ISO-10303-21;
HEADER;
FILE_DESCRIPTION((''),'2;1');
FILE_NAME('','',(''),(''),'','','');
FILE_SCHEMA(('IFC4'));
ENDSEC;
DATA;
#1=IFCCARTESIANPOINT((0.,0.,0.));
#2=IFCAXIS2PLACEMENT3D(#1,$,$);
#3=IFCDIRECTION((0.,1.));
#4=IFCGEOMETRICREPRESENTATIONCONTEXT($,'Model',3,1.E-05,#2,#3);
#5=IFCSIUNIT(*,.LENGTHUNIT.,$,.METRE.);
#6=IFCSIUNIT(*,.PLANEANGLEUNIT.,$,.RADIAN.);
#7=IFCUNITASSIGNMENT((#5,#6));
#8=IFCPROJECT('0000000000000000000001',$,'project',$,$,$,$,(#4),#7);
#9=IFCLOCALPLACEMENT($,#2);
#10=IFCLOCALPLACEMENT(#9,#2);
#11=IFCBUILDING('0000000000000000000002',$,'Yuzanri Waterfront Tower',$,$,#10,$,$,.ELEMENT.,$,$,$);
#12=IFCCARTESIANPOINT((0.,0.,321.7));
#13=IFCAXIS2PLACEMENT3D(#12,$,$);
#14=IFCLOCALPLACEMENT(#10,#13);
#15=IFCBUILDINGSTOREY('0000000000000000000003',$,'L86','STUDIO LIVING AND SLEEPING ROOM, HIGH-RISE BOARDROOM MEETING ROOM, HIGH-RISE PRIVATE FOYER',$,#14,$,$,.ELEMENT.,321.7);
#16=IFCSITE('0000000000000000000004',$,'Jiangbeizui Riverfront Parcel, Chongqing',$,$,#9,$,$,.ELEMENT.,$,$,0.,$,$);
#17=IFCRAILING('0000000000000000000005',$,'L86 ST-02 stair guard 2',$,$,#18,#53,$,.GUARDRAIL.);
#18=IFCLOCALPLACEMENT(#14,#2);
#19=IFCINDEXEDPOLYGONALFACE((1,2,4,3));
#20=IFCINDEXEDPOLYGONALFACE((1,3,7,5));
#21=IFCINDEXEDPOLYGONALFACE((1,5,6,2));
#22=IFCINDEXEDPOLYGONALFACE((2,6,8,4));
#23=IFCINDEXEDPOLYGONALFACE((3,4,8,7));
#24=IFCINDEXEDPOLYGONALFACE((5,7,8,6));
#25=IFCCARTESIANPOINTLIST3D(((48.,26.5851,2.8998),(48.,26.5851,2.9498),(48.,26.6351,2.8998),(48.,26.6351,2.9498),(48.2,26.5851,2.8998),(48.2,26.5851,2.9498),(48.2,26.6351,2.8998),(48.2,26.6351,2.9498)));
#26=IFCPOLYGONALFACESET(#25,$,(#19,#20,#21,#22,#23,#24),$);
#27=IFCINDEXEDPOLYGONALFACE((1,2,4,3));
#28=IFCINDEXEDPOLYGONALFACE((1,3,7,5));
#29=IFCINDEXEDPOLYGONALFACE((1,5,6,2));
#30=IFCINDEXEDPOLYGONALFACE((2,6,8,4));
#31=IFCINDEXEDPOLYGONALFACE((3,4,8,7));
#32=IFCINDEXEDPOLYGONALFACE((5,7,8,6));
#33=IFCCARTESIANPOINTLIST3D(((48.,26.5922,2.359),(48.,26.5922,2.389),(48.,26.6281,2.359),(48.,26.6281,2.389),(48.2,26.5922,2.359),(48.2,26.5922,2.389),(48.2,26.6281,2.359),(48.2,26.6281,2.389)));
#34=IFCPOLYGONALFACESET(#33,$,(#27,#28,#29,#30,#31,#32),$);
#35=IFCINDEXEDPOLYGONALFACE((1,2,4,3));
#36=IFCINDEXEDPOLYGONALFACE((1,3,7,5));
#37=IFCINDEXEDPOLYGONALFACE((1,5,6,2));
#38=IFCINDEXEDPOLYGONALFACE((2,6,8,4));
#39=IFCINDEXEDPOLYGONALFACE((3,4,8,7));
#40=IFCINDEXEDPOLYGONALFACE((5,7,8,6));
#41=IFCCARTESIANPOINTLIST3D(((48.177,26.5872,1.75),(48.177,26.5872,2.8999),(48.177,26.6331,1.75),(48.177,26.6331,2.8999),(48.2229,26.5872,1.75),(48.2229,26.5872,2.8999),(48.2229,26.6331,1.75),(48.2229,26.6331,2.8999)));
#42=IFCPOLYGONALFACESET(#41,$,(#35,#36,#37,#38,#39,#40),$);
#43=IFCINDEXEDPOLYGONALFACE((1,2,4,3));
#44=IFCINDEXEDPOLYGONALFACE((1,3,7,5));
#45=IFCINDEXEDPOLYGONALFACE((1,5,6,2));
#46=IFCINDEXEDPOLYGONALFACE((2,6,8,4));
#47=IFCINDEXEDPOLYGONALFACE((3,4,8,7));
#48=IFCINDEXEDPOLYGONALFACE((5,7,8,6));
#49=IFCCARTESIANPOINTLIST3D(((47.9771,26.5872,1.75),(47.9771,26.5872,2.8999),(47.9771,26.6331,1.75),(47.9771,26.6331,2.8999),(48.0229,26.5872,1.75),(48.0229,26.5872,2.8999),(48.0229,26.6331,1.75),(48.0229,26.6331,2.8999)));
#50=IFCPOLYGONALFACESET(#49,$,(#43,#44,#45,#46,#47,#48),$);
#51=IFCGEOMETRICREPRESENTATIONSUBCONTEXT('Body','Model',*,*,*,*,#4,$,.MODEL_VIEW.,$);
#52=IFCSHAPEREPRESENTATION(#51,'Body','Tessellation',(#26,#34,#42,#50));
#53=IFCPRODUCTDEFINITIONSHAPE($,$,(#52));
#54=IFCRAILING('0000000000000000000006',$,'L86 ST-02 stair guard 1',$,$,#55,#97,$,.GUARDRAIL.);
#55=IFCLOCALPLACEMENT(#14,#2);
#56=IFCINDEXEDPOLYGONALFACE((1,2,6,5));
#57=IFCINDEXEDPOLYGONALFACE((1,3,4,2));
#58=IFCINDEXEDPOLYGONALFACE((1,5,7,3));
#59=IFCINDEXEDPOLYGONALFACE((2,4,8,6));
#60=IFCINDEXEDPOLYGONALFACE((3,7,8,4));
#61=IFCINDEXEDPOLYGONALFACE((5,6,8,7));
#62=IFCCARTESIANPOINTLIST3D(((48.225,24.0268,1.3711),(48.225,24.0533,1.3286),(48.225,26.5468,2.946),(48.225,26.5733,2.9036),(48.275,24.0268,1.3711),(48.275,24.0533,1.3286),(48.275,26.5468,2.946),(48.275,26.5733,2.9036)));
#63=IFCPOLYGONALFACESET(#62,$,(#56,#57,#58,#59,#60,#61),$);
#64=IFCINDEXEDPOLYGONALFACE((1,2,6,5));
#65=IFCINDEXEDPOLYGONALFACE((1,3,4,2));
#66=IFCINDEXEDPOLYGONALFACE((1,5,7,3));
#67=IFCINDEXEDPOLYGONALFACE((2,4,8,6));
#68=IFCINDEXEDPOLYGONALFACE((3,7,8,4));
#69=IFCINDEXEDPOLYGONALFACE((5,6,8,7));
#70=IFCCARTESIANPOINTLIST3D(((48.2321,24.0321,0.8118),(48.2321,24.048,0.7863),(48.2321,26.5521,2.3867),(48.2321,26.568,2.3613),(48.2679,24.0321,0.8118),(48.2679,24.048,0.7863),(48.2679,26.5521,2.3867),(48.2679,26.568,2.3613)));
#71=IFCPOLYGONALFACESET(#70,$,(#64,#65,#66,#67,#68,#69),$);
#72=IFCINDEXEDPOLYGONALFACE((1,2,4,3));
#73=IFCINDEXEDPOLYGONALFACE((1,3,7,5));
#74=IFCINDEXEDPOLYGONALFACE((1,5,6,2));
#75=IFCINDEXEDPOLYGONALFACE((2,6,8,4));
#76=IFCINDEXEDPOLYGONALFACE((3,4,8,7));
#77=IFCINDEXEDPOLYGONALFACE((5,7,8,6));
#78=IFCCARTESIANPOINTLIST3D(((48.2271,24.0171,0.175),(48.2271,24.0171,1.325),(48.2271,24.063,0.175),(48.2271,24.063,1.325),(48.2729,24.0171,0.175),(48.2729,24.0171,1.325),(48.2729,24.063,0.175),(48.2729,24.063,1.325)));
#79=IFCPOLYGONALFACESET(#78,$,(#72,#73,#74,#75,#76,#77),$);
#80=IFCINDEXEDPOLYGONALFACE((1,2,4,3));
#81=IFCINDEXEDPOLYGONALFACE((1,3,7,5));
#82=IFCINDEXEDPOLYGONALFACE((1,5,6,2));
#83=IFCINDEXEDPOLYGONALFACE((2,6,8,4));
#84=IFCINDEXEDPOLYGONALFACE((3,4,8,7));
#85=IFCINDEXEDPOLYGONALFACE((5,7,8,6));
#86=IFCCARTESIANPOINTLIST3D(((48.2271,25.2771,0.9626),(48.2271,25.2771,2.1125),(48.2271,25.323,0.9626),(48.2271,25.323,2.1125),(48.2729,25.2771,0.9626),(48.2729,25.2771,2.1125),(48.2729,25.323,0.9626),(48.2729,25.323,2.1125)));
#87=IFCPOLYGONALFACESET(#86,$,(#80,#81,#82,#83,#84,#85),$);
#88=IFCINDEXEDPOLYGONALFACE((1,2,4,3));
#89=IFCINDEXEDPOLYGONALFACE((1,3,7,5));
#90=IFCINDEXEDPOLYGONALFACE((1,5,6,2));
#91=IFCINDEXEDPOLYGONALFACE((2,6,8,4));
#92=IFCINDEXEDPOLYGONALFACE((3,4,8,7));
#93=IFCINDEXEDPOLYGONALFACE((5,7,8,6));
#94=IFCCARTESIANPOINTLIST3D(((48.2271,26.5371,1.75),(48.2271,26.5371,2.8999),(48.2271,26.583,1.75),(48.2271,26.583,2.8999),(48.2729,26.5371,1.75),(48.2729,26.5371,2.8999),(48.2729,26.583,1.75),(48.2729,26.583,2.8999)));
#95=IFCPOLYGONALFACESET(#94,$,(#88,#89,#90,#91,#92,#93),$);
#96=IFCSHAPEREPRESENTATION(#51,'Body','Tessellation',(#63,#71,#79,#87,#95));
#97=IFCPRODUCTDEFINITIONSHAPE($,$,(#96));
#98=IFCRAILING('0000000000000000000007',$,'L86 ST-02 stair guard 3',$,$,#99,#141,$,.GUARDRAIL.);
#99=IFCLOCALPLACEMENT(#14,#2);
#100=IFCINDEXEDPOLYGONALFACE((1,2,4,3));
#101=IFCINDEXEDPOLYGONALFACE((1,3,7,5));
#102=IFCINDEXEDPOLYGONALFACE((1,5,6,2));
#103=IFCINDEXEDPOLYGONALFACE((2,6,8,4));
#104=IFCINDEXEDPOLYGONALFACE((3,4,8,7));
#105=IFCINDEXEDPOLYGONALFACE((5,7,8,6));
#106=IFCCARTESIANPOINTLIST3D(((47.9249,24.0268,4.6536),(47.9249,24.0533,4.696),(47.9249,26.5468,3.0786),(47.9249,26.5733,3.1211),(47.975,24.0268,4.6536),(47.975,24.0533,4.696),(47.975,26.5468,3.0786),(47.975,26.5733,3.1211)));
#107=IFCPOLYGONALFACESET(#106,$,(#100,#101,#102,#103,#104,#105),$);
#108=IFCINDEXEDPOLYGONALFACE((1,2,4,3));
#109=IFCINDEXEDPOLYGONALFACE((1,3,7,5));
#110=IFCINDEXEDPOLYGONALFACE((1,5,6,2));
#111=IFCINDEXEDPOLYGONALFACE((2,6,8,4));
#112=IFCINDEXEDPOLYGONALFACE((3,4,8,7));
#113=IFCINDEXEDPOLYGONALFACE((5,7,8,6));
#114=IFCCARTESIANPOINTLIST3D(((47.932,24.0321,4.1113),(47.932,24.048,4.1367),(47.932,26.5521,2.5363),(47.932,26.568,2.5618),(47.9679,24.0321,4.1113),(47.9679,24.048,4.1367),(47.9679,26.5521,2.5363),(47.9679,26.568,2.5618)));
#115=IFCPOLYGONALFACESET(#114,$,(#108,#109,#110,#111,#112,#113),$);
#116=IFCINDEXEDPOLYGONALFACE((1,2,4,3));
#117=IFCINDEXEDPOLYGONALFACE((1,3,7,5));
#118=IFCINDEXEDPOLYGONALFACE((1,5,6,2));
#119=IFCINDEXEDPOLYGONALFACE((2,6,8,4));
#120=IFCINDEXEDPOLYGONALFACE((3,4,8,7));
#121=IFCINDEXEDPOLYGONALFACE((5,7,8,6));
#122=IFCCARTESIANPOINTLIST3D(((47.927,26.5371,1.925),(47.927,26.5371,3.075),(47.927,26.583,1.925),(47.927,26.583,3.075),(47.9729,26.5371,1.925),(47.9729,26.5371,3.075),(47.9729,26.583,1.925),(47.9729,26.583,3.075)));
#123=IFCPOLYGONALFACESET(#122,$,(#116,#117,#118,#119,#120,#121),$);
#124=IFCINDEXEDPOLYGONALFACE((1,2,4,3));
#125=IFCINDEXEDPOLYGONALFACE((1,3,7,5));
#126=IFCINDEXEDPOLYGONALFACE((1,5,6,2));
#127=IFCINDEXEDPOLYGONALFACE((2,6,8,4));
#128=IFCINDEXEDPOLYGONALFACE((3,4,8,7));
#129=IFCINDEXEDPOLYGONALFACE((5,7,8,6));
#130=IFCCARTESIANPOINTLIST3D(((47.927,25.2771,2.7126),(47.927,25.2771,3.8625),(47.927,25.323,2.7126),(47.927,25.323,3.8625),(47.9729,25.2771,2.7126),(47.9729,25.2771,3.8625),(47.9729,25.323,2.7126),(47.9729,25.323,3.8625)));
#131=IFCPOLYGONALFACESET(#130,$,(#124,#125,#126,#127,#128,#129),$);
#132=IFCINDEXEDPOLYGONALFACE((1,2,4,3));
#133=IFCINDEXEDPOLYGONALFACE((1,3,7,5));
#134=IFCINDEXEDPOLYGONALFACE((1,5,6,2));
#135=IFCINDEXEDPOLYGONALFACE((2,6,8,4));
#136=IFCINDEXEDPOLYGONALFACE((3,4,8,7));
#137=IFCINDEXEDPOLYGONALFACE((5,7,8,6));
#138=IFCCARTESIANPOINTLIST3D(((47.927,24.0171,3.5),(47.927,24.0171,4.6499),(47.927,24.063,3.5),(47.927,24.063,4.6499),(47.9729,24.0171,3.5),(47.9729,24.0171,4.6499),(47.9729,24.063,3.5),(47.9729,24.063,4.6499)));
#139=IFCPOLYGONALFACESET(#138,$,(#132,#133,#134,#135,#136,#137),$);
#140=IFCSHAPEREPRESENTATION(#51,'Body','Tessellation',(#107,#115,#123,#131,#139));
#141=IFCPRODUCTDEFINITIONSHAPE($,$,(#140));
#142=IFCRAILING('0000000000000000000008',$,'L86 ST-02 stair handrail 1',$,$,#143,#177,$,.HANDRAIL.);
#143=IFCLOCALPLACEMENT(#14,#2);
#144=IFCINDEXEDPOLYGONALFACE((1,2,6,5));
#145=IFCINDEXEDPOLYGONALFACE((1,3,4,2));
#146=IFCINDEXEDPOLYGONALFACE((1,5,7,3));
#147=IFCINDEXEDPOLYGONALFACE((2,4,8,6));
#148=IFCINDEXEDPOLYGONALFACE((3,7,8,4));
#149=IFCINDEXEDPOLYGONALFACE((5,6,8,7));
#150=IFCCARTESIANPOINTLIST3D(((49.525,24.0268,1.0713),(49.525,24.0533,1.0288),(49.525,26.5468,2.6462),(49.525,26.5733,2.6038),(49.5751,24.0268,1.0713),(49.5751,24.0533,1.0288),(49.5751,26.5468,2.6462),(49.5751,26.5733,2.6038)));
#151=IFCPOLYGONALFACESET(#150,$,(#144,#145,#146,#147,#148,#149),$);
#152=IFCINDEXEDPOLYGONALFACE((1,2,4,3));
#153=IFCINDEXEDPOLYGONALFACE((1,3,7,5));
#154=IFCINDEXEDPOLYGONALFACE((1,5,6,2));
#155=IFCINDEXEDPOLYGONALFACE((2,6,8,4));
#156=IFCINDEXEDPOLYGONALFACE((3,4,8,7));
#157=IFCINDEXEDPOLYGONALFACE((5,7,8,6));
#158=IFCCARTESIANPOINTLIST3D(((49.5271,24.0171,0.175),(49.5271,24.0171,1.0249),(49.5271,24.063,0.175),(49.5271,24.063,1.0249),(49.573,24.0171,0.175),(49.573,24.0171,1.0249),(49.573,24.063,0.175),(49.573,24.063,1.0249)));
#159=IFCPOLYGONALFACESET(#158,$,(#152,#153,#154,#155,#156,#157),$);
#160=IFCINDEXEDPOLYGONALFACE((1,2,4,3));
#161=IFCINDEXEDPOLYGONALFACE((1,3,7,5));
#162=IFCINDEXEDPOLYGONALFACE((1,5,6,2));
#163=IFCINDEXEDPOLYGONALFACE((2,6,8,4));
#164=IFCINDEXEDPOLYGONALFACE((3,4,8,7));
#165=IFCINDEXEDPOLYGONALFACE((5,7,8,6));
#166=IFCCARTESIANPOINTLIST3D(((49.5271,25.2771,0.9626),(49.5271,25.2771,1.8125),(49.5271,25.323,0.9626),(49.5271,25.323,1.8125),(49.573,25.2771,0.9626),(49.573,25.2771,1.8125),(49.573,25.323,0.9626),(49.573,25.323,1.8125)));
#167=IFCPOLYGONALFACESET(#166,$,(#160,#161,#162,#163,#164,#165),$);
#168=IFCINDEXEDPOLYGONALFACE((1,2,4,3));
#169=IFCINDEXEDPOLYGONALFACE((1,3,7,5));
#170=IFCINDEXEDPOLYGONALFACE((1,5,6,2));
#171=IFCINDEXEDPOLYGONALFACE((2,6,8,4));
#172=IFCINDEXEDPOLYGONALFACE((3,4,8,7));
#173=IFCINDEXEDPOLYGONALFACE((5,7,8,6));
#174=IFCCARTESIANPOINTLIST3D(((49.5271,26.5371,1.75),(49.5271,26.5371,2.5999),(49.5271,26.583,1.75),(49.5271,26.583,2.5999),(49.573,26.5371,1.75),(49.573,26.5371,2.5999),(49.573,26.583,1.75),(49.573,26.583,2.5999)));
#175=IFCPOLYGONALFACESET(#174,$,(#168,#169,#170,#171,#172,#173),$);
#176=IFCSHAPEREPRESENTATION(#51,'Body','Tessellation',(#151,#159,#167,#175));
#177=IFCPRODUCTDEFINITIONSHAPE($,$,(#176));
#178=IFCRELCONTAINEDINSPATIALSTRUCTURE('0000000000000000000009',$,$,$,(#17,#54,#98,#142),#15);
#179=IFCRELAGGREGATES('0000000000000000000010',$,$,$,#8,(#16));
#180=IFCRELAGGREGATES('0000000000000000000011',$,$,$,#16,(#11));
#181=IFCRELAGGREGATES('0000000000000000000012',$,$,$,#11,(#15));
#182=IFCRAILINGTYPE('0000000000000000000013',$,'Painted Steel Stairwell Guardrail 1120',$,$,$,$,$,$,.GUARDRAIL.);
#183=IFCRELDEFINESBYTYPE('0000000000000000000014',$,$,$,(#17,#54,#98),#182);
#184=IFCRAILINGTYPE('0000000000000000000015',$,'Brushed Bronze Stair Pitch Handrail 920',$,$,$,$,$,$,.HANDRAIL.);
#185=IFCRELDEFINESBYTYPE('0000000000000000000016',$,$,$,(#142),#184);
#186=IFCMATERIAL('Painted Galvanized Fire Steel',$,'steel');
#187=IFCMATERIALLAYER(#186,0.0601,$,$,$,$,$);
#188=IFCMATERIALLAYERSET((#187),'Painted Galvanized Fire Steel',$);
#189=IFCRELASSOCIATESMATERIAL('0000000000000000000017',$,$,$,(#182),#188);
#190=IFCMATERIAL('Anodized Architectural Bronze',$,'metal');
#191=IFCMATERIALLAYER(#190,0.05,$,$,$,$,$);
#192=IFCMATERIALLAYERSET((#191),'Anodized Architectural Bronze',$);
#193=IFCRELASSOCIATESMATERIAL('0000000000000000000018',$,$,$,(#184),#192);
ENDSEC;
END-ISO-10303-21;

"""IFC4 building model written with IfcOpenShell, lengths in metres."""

from ifc_helpers import new_model, si_unit, direction, frame, origin, origin_2d, place, context, subcontext, project, spatial, rectangle, extrude, source, transform, mapped, material, layer, layer_set, type_object, element, save


model = new_model("IFC4")

# Units and contexts
model_context = context("Model", 3, precision=1e-05, world=origin(), true_north=direction((0.0, 1.0)))
body_context = subcontext(model_context, "Body", "Model", "MODEL_VIEW")
ifc_project = project(units=[si_unit("LENGTHUNIT", "METRE"), si_unit("PLANEANGLEUNIT", "RADIAN")], contexts=[model_context])

# Site, building, storey
site_placement = place(None, origin())
site = spatial("IfcSite", under=ifc_project, at=site_placement, Name="Jiangbeizui Riverfront Parcel, Chongqing", CompositionType="ELEMENT", RefElevation=0.0)
building_placement = place(site_placement, origin())
building = spatial("IfcBuilding", under=site, at=building_placement, Name="Yuzanri Waterfront Tower", CompositionType="ELEMENT")
storey_placement = place(building_placement, frame((0.0, 0.0, 321.7)))
storey = spatial("IfcBuildingStorey", under=building, at=storey_placement, Name="L86", Description="STUDIO LIVING AND SLEEPING ROOM, HIGH-RISE BOARDROOM MEETING ROOM, HIGH-RISE PRIVATE FOYER", CompositionType="ELEMENT", Elevation=321.7)

# Railings
ifc_material_1 = material(Name="Painted Galvanized Fire Steel", Category="steel")
ifc_layer_1 = layer(ifc_material_1, 0.0601)
ifc_layer_set_1 = layer_set([ifc_layer_1], Name="Painted Galvanized Fire Steel")
railing_type_1 = type_object("IfcRailingType", Name="Painted Steel Stairwell Guardrail 1120", PredefinedType="GUARDRAIL", material=ifc_layer_set_1)
shared_shape_1 = source(origin(), body_context, "Body", "SweptSolid", [
    extrude(rectangle(XDim=0.05, YDim=0.05, at=origin_2d()), frame((0.0, 0.0, 1.1748), z_axis=(-1.0, 0.0, 0.0), x_axis=(0.0, -1.0, 0.0)), (0.0, 0.0, 1.0), 0.2),
    extrude(rectangle(XDim=0.0359, YDim=0.03, at=origin_2d()), frame((0.0, 0.0, 0.624), z_axis=(-1.0, 0.0, 0.0), x_axis=(0.0, -1.0, 0.0)), (0.0, 0.0, 1.0), 0.2),
    extrude(rectangle(XDim=0.0459, YDim=0.0459, at=origin_2d()), origin(), (0.0, 0.0, 1.0), 1.1499),
    extrude(rectangle(XDim=0.0459, YDim=0.0459, at=origin_2d()), frame((-0.2, 0.0, 0.0)), (0.0, 0.0, 1.0), 1.1499),
])
railing_1_placement = place(storey_placement, frame((48.2, 26.6101, 1.75)))
element("IfcRailing", 1, at=railing_1_placement, inside=storey, type_object=railing_type_1, Name="L86 ST-02 stair guard 2", PredefinedType="GUARDRAIL", context=body_context, shape_type="MappedRepresentation", body=[
    mapped(shared_shape_1, transform((0.0, 0.0, 0.0), scale=1.0)),
])
shared_shape_2 = source(origin(), body_context, "Body", "SweptSolid", [
    extrude(rectangle(XDim=0.05, YDim=0.05, at=origin_2d()), frame((0.0, 0.0, 1.1748), z_axis=(0.0, 0.848008, 0.529984), x_axis=(-1.0, 0.0, 0.0)), (0.0, 0.0, 1.0), 2.9717),
    extrude(rectangle(XDim=0.0359, YDim=0.03, at=origin_2d()), frame((0.0, 0.0, 0.624), z_axis=(0.0, 0.848008, 0.529984), x_axis=(-1.0, 0.0, 0.0)), (0.0, 0.0, 1.0), 2.9717),
    extrude(rectangle(XDim=0.0459, YDim=0.0459, at=origin_2d()), origin(), (0.0, 0.0, 1.0), 1.1499),
    extrude(rectangle(XDim=0.0459, YDim=0.0459, at=origin_2d()), frame((0.0, 1.26, 0.7876)), (0.0, 0.0, 1.0), 1.1499),
    extrude(rectangle(XDim=0.0459, YDim=0.0459, at=origin_2d()), frame((0.0, 2.52, 1.575)), (0.0, 0.0, 1.0), 1.1499),
])
railing_2_placement = place(storey_placement, frame((48.25, 24.04, 0.175)))
element("IfcRailing", 2, at=railing_2_placement, inside=storey, type_object=railing_type_1, Name="L86 ST-02 stair guard 1", PredefinedType="GUARDRAIL", context=body_context, shape_type="MappedRepresentation", body=[
    mapped(shared_shape_2, transform((0.0, 0.0, 0.0), scale=1.0)),
])
shared_shape_3 = source(origin(), body_context, "Body", "SweptSolid", [
    extrude(rectangle(XDim=0.05, YDim=0.05, at=origin_2d()), frame((0.0, 0.0, 1.1748), z_axis=(0.0, -0.848008, 0.529984), x_axis=(1.0, 0.0, 0.0)), (0.0, 0.0, 1.0), 2.9717),
    extrude(rectangle(XDim=0.0359, YDim=0.03, at=origin_2d()), frame((0.0, 0.0, 0.624), z_axis=(0.0, -0.848008, 0.529984), x_axis=(1.0, 0.0, 0.0)), (0.0, 0.0, 1.0), 2.9717),
    extrude(rectangle(XDim=0.0459, YDim=0.0459, at=origin_2d()), origin(), (0.0, 0.0, 1.0), 1.1499),
    extrude(rectangle(XDim=0.0459, YDim=0.0459, at=origin_2d()), frame((0.0, -1.26, 0.7876)), (0.0, 0.0, 1.0), 1.1499),
    extrude(rectangle(XDim=0.0459, YDim=0.0459, at=origin_2d()), frame((0.0, -2.52, 1.575)), (0.0, 0.0, 1.0), 1.1499),
])
railing_3_placement = place(storey_placement, frame((47.95, 26.5601, 1.925)))
element("IfcRailing", 3, at=railing_3_placement, inside=storey, type_object=railing_type_1, Name="L86 ST-02 stair guard 3", PredefinedType="GUARDRAIL", context=body_context, shape_type="MappedRepresentation", body=[
    mapped(shared_shape_3, transform((0.0, 0.0, 0.0), scale=1.0)),
])
ifc_material_2 = material(Name="Anodized Architectural Bronze", Category="metal")
ifc_layer_2 = layer(ifc_material_2, 0.05)
ifc_layer_set_2 = layer_set([ifc_layer_2], Name="Anodized Architectural Bronze")
railing_type_2 = type_object("IfcRailingType", Name="Brushed Bronze Stair Pitch Handrail 920", PredefinedType="HANDRAIL", material=ifc_layer_set_2)
shared_shape_4 = source(origin(), body_context, "Body", "SweptSolid", [
    extrude(rectangle(XDim=0.05, YDim=0.05, at=origin_2d()), frame((0.0, 0.0, 0.875), z_axis=(0.0, 0.848008, 0.529984), x_axis=(-1.0, 0.0, 0.0)), (0.0, 0.0, 1.0), 2.9717),
    extrude(rectangle(XDim=0.0459, YDim=0.0459, at=origin_2d()), origin(), (0.0, 0.0, 1.0), 0.8499),
    extrude(rectangle(XDim=0.0459, YDim=0.0459, at=origin_2d()), frame((0.0, 1.26, 0.7876)), (0.0, 0.0, 1.0), 0.8499),
    extrude(rectangle(XDim=0.0459, YDim=0.0459, at=origin_2d()), frame((0.0, 2.52, 1.575)), (0.0, 0.0, 1.0), 0.8499),
])
railing_4_placement = place(storey_placement, frame((49.55, 24.04, 0.175)))
element("IfcRailing", 4, at=railing_4_placement, inside=storey, type_object=railing_type_2, Name="L86 ST-02 stair handrail 1", PredefinedType="HANDRAIL", context=body_context, shape_type="MappedRepresentation", body=[
    mapped(shared_shape_4, transform((0.0, 0.0, 0.0), scale=1.0)),
])

save(model, "model.ifc")
